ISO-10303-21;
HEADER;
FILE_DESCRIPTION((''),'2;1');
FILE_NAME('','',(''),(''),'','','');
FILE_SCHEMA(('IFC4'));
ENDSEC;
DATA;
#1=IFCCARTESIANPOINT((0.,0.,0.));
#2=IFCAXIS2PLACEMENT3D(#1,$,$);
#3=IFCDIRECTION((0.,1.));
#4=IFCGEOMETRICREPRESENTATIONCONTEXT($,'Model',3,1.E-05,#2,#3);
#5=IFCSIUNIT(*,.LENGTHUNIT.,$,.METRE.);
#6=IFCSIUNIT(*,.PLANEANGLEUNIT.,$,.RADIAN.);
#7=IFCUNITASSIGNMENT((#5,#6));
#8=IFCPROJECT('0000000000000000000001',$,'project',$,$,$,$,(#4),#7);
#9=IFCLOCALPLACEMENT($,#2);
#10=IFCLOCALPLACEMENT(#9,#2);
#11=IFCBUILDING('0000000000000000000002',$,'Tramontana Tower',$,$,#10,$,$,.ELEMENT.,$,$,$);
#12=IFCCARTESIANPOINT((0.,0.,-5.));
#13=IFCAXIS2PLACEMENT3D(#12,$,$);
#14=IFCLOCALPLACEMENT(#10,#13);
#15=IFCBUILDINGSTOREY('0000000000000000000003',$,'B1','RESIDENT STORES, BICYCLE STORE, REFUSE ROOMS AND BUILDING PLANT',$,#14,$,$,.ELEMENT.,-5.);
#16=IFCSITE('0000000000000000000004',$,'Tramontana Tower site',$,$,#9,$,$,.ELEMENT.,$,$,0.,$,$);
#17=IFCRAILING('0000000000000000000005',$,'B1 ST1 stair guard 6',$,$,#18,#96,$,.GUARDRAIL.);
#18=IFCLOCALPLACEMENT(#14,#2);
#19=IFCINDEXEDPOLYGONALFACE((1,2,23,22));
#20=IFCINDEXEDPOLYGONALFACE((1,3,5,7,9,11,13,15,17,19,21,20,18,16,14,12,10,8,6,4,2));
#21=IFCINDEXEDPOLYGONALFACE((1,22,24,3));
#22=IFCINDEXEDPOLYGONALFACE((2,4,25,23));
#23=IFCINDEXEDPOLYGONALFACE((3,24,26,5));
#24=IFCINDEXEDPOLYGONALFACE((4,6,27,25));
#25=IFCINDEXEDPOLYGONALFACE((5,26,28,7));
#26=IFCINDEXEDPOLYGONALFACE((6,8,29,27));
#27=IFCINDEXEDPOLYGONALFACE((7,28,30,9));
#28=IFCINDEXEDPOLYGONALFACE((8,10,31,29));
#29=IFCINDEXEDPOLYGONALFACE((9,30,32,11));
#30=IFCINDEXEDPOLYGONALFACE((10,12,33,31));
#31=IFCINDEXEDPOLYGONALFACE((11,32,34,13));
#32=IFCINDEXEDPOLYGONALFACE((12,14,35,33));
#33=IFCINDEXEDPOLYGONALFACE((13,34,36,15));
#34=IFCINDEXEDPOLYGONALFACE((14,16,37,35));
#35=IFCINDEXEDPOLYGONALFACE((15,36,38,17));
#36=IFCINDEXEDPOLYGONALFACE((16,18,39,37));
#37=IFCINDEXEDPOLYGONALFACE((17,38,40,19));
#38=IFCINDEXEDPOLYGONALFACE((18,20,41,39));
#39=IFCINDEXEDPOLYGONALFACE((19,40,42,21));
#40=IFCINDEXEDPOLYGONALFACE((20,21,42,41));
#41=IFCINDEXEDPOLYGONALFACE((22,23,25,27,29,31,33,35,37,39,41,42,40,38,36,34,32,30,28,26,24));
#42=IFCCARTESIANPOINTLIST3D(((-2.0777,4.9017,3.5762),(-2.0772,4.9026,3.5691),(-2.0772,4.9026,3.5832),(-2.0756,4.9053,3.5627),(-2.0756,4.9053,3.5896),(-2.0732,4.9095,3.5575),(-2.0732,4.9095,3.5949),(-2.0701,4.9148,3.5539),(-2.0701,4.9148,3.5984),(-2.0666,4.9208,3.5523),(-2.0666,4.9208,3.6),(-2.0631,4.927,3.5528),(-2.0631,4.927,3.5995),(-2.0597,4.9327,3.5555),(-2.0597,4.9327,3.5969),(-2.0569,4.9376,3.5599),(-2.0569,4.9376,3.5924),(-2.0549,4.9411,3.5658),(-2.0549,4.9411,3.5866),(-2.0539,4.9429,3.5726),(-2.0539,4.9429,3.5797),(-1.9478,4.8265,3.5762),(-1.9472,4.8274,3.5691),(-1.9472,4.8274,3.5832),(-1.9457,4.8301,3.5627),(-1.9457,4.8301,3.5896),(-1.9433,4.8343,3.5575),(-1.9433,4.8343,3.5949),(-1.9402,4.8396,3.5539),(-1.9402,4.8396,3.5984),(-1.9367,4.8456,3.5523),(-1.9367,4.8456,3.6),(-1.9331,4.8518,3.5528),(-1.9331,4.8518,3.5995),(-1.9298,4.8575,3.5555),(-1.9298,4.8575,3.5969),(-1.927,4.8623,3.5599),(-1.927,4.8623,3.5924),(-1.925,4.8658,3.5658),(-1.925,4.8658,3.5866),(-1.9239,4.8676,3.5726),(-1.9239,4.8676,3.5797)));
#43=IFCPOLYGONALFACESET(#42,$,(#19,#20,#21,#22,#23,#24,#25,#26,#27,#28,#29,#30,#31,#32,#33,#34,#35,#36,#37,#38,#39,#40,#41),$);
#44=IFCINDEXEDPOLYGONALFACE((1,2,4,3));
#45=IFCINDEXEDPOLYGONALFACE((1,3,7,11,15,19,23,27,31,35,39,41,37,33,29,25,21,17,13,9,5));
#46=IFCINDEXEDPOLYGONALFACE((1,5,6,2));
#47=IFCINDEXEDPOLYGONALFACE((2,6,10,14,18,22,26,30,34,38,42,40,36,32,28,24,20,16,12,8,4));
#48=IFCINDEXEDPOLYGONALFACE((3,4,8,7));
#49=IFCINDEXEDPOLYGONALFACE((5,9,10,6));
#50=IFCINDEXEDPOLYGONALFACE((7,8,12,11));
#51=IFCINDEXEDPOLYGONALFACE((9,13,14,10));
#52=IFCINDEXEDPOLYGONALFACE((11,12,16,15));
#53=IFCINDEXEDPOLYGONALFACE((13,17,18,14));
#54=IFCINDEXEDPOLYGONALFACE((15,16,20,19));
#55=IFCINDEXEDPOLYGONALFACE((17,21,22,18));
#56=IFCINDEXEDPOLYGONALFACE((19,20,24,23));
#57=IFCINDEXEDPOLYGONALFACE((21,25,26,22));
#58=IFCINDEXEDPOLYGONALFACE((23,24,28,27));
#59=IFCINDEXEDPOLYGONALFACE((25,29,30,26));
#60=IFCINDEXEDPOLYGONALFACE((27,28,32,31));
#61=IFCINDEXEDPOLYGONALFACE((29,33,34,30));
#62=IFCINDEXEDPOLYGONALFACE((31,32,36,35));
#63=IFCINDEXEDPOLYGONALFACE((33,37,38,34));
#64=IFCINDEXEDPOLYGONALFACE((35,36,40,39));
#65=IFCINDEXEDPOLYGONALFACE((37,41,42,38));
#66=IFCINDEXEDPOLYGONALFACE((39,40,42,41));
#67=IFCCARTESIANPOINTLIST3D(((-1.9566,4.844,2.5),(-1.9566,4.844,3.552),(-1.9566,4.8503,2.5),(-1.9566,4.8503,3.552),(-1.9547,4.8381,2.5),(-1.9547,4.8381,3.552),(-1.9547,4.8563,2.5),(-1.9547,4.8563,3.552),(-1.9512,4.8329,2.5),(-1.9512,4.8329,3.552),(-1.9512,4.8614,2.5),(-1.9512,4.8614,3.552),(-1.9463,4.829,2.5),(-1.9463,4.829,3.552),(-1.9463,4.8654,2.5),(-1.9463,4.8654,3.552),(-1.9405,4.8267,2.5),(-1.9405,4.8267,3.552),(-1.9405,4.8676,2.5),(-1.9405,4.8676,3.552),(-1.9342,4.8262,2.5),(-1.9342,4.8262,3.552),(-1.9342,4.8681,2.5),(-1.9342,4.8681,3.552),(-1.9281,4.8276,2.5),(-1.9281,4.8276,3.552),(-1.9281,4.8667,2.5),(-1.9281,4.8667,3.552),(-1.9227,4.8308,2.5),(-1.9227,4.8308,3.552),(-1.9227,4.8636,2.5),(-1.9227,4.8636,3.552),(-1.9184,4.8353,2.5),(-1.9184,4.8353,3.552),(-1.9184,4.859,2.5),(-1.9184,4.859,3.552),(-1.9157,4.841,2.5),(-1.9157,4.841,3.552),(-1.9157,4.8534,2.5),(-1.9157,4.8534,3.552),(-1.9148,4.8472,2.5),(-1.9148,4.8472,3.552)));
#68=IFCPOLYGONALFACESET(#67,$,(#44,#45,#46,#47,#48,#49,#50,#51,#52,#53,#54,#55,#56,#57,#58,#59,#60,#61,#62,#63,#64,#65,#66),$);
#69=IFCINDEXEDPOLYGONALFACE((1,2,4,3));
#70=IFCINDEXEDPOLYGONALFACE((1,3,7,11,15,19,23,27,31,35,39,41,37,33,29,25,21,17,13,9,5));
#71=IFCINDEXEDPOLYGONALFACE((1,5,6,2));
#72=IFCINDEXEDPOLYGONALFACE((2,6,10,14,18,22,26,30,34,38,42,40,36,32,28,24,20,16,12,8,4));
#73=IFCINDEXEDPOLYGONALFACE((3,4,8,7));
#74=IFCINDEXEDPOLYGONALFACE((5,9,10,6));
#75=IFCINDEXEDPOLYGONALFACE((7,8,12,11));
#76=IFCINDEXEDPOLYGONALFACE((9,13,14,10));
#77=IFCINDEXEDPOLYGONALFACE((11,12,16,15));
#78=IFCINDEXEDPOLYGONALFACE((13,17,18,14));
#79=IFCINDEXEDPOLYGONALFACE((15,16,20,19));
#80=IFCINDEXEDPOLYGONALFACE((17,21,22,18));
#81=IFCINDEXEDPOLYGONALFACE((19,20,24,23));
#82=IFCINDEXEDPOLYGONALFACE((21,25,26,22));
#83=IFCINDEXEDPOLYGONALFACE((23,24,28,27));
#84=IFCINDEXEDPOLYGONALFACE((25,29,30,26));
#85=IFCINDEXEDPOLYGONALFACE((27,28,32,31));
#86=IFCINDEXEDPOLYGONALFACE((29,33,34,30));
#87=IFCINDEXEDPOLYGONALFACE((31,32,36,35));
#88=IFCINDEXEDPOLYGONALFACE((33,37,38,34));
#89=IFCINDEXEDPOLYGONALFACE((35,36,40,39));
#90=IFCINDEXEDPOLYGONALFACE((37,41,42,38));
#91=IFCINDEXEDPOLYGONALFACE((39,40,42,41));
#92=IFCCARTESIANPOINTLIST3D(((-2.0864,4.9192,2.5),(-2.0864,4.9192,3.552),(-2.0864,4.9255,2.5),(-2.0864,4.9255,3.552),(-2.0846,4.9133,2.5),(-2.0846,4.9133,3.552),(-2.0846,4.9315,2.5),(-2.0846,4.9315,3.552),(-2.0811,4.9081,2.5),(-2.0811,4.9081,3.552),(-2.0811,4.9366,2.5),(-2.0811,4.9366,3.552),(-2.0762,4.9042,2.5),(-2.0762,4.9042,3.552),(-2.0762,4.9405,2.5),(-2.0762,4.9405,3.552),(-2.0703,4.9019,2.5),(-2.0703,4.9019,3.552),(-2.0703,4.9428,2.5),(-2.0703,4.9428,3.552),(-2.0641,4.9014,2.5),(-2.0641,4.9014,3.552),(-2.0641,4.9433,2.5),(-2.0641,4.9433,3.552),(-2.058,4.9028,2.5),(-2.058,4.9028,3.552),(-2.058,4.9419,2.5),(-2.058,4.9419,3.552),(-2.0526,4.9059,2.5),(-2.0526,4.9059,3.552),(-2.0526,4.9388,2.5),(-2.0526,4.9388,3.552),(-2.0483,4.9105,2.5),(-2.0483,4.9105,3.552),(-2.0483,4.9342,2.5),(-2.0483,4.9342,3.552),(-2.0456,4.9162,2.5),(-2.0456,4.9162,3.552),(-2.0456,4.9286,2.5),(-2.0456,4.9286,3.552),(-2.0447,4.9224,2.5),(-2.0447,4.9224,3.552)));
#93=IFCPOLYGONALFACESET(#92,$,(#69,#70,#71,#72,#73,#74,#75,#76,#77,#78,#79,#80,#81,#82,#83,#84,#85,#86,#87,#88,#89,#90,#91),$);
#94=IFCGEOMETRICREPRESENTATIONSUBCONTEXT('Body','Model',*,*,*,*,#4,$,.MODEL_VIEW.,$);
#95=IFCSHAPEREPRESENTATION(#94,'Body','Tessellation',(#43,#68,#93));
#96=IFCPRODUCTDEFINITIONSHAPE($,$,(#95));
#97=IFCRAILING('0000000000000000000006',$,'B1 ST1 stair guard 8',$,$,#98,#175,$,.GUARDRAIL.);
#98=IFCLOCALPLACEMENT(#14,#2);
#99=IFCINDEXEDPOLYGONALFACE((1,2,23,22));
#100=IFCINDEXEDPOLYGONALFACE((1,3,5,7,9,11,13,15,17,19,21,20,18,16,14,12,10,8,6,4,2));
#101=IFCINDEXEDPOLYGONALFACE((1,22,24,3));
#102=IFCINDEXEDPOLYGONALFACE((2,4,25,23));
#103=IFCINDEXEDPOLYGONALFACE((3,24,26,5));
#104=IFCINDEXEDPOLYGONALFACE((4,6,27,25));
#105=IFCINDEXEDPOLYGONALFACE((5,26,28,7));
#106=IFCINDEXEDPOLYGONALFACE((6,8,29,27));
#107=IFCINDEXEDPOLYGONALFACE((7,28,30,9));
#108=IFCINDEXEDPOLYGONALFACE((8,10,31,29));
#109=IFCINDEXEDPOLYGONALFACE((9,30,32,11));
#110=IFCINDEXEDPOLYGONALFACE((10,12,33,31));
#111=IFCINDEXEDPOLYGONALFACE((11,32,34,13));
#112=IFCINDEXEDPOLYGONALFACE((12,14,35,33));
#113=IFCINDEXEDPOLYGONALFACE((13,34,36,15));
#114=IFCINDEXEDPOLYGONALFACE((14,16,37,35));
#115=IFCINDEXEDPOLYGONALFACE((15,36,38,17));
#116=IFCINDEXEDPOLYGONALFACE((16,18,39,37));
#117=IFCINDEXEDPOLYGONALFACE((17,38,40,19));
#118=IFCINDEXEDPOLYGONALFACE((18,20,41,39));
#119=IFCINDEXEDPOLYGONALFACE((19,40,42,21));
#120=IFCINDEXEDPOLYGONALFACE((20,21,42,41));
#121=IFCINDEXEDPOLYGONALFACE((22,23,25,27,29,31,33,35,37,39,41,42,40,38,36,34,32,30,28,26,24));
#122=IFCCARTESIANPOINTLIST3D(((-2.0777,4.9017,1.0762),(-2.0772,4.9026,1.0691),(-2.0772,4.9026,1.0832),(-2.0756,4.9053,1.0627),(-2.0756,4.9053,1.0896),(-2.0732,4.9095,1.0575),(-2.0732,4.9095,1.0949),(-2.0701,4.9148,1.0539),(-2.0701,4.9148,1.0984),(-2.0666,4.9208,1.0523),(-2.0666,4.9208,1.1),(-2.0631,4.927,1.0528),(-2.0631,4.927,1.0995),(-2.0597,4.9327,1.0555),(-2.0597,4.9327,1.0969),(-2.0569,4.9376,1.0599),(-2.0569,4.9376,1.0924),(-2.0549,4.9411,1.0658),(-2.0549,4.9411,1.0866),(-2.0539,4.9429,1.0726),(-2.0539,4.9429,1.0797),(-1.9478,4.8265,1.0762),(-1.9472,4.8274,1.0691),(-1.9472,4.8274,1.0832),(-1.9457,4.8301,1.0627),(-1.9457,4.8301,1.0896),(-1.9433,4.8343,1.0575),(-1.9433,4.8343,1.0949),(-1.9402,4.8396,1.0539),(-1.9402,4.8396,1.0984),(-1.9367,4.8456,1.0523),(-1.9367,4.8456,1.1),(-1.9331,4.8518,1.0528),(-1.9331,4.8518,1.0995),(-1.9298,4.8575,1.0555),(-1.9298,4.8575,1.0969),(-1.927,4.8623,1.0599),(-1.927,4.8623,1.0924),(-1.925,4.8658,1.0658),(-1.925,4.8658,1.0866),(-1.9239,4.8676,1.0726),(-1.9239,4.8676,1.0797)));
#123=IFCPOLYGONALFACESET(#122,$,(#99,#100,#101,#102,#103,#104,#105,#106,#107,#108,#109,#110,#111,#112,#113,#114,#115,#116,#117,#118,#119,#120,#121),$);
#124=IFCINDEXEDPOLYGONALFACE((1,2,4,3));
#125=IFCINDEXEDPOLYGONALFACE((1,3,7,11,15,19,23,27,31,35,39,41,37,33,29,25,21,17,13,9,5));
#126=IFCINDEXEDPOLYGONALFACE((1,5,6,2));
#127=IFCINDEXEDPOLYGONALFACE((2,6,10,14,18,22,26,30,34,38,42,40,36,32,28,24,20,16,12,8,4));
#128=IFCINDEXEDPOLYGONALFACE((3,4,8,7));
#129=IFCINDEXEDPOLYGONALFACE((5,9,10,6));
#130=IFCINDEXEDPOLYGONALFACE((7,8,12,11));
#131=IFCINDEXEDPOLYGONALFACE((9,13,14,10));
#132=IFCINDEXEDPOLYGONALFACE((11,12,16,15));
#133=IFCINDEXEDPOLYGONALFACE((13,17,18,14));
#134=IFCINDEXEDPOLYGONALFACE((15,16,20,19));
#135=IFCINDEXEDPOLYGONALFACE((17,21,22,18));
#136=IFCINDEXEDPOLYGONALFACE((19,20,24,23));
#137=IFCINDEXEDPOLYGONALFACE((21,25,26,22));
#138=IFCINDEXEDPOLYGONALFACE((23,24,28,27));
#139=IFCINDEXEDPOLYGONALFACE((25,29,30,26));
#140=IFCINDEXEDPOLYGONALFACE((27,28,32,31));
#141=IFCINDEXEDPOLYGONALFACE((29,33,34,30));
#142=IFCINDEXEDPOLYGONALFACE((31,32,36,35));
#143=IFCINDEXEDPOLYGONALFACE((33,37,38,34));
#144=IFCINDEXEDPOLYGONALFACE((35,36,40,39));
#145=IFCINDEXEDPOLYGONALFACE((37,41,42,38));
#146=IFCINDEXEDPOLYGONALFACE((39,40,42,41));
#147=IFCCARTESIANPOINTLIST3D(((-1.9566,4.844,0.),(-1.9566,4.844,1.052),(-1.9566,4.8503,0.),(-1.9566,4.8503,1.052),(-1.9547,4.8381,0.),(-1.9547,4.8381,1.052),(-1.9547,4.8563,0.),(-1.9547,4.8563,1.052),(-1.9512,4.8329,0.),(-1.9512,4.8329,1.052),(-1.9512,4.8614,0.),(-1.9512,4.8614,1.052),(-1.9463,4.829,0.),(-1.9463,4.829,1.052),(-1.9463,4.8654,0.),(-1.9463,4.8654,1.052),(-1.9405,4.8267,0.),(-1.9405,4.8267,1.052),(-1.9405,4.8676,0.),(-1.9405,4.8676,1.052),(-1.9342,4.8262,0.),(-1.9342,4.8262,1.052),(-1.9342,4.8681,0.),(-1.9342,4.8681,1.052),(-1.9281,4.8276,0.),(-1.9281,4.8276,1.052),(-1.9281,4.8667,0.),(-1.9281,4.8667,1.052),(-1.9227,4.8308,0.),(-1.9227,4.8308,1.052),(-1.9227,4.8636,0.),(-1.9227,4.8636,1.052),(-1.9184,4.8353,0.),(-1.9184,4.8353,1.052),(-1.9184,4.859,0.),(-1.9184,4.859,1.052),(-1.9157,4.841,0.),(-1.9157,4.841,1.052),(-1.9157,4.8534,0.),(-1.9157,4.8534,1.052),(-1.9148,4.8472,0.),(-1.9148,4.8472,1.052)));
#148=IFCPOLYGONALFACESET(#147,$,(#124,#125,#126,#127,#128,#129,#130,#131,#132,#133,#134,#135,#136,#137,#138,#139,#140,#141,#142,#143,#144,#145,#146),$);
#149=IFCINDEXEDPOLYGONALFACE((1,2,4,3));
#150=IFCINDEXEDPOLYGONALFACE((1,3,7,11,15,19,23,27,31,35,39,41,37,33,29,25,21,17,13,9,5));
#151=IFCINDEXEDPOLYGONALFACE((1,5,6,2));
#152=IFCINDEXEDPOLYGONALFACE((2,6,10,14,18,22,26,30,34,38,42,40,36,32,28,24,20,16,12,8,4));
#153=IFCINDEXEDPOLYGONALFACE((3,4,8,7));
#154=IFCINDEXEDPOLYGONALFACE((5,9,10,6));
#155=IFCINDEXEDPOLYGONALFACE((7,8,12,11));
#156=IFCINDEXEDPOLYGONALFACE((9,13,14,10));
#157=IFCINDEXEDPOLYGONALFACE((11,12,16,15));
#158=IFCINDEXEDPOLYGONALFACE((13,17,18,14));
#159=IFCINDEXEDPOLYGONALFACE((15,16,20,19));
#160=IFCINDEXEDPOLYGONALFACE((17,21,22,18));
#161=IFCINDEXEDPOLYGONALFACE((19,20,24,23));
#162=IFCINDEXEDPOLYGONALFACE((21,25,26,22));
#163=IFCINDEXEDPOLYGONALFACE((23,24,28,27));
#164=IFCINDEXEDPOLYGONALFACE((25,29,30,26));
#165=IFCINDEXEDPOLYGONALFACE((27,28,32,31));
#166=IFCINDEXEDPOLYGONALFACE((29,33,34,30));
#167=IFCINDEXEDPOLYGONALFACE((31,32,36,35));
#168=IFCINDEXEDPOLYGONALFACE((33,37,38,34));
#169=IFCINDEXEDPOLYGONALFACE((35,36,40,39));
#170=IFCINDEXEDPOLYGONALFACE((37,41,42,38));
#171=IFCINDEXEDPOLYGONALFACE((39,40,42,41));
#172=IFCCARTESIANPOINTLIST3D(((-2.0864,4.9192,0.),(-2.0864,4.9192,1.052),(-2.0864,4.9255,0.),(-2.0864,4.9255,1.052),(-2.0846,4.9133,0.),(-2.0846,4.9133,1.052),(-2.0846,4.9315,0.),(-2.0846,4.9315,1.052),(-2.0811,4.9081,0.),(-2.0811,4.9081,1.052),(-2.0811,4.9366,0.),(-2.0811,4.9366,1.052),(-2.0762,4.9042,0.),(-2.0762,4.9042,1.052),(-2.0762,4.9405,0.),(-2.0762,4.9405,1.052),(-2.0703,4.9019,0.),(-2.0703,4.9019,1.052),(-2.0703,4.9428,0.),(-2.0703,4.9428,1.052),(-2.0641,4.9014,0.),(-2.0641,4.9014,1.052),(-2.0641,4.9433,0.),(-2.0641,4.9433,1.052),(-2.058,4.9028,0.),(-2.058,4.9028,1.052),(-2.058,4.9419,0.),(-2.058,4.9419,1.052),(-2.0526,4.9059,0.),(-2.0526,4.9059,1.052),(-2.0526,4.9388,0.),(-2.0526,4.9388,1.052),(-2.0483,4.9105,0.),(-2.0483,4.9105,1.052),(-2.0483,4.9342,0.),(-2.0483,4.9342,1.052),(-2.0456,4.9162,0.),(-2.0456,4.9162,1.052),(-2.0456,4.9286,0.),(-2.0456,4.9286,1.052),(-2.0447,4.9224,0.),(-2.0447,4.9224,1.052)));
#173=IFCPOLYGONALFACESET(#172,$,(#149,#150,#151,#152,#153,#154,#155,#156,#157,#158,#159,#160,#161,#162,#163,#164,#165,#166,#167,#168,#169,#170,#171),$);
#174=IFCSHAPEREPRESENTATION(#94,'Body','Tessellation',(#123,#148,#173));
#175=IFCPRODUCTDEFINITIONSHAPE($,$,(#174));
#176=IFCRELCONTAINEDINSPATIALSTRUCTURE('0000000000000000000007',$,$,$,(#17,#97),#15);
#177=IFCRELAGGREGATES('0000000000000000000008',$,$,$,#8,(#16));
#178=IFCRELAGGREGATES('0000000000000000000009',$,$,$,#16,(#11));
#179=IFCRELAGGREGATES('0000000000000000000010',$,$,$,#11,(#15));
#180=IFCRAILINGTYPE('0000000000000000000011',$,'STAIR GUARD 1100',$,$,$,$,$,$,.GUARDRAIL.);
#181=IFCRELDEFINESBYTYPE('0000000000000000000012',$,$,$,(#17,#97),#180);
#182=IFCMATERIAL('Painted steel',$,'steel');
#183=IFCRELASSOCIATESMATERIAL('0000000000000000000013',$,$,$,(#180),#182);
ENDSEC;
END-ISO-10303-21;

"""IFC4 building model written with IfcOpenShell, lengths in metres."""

from ifc_helpers import new_model, si_unit, direction, frame, origin, origin_2d, place, context, subcontext, project, spatial, circle, extrude, material, type_object, element, save


model = new_model("IFC4")

# Units and contexts
model_context = context("Model", 3, precision=1e-05, world=origin(), true_north=direction((0.0, 1.0)))
body_context = subcontext(model_context, "Body", "Model", "MODEL_VIEW")
ifc_project = project(units=[si_unit("LENGTHUNIT", "METRE"), si_unit("PLANEANGLEUNIT", "RADIAN")], contexts=[model_context])

# Site, building, storey
site_placement = place(None, origin())
site = spatial("IfcSite", under=ifc_project, at=site_placement, Name="Tramontana Tower site", CompositionType="ELEMENT", RefElevation=0.0)
building_placement = place(site_placement, origin())
building = spatial("IfcBuilding", under=site, at=building_placement, Name="Tramontana Tower", CompositionType="ELEMENT")
storey_placement = place(building_placement, frame((0.0, 0.0, -5.0)))
storey = spatial("IfcBuildingStorey", under=building, at=storey_placement, Name="B1", Description="RESIDENT STORES, BICYCLE STORE, REFUSE ROOMS AND BUILDING PLANT", CompositionType="ELEMENT", Elevation=-5.0)

# Railings
ifc_material_1 = material(Name="Painted steel", Category="steel")
railing_type_1 = type_object("IfcRailingType", Name="STAIR GUARD 1100", PredefinedType="GUARDRAIL", material=ifc_material_1)
for number, where, name in (
    (1, (-1.9358, 4.8472, 2.5), "B1 ST1 stair guard 6"),
    (2, (-1.9358, 4.8472, 0.0), "B1 ST1 stair guard 8"),
):
    element("IfcRailing", number, at=place(storey_placement, frame(where)), inside=storey, type_object=railing_type_1, Name=name, PredefinedType="GUARDRAIL", context=body_context, shape_type="SweptSolid", body=[
        extrude(circle(Radius=0.0239, at=origin_2d()), frame((0.0, 0.0, 1.0762), z_axis=(-0.865426, 0.501036, 0.0), x_axis=(-0.501036, -0.865426, 0.0)), (0.0, 0.0, 1.0), 0.1501),
        extrude(circle(Radius=0.021, at=origin_2d()), origin(), (0.0, 0.0, 1.0), 1.052),
        extrude(circle(Radius=0.021, at=origin_2d()), frame((-0.1299, 0.0752, 0.0)), (0.0, 0.0, 1.0), 1.052),
    ])

save(model, "model.ifc")
